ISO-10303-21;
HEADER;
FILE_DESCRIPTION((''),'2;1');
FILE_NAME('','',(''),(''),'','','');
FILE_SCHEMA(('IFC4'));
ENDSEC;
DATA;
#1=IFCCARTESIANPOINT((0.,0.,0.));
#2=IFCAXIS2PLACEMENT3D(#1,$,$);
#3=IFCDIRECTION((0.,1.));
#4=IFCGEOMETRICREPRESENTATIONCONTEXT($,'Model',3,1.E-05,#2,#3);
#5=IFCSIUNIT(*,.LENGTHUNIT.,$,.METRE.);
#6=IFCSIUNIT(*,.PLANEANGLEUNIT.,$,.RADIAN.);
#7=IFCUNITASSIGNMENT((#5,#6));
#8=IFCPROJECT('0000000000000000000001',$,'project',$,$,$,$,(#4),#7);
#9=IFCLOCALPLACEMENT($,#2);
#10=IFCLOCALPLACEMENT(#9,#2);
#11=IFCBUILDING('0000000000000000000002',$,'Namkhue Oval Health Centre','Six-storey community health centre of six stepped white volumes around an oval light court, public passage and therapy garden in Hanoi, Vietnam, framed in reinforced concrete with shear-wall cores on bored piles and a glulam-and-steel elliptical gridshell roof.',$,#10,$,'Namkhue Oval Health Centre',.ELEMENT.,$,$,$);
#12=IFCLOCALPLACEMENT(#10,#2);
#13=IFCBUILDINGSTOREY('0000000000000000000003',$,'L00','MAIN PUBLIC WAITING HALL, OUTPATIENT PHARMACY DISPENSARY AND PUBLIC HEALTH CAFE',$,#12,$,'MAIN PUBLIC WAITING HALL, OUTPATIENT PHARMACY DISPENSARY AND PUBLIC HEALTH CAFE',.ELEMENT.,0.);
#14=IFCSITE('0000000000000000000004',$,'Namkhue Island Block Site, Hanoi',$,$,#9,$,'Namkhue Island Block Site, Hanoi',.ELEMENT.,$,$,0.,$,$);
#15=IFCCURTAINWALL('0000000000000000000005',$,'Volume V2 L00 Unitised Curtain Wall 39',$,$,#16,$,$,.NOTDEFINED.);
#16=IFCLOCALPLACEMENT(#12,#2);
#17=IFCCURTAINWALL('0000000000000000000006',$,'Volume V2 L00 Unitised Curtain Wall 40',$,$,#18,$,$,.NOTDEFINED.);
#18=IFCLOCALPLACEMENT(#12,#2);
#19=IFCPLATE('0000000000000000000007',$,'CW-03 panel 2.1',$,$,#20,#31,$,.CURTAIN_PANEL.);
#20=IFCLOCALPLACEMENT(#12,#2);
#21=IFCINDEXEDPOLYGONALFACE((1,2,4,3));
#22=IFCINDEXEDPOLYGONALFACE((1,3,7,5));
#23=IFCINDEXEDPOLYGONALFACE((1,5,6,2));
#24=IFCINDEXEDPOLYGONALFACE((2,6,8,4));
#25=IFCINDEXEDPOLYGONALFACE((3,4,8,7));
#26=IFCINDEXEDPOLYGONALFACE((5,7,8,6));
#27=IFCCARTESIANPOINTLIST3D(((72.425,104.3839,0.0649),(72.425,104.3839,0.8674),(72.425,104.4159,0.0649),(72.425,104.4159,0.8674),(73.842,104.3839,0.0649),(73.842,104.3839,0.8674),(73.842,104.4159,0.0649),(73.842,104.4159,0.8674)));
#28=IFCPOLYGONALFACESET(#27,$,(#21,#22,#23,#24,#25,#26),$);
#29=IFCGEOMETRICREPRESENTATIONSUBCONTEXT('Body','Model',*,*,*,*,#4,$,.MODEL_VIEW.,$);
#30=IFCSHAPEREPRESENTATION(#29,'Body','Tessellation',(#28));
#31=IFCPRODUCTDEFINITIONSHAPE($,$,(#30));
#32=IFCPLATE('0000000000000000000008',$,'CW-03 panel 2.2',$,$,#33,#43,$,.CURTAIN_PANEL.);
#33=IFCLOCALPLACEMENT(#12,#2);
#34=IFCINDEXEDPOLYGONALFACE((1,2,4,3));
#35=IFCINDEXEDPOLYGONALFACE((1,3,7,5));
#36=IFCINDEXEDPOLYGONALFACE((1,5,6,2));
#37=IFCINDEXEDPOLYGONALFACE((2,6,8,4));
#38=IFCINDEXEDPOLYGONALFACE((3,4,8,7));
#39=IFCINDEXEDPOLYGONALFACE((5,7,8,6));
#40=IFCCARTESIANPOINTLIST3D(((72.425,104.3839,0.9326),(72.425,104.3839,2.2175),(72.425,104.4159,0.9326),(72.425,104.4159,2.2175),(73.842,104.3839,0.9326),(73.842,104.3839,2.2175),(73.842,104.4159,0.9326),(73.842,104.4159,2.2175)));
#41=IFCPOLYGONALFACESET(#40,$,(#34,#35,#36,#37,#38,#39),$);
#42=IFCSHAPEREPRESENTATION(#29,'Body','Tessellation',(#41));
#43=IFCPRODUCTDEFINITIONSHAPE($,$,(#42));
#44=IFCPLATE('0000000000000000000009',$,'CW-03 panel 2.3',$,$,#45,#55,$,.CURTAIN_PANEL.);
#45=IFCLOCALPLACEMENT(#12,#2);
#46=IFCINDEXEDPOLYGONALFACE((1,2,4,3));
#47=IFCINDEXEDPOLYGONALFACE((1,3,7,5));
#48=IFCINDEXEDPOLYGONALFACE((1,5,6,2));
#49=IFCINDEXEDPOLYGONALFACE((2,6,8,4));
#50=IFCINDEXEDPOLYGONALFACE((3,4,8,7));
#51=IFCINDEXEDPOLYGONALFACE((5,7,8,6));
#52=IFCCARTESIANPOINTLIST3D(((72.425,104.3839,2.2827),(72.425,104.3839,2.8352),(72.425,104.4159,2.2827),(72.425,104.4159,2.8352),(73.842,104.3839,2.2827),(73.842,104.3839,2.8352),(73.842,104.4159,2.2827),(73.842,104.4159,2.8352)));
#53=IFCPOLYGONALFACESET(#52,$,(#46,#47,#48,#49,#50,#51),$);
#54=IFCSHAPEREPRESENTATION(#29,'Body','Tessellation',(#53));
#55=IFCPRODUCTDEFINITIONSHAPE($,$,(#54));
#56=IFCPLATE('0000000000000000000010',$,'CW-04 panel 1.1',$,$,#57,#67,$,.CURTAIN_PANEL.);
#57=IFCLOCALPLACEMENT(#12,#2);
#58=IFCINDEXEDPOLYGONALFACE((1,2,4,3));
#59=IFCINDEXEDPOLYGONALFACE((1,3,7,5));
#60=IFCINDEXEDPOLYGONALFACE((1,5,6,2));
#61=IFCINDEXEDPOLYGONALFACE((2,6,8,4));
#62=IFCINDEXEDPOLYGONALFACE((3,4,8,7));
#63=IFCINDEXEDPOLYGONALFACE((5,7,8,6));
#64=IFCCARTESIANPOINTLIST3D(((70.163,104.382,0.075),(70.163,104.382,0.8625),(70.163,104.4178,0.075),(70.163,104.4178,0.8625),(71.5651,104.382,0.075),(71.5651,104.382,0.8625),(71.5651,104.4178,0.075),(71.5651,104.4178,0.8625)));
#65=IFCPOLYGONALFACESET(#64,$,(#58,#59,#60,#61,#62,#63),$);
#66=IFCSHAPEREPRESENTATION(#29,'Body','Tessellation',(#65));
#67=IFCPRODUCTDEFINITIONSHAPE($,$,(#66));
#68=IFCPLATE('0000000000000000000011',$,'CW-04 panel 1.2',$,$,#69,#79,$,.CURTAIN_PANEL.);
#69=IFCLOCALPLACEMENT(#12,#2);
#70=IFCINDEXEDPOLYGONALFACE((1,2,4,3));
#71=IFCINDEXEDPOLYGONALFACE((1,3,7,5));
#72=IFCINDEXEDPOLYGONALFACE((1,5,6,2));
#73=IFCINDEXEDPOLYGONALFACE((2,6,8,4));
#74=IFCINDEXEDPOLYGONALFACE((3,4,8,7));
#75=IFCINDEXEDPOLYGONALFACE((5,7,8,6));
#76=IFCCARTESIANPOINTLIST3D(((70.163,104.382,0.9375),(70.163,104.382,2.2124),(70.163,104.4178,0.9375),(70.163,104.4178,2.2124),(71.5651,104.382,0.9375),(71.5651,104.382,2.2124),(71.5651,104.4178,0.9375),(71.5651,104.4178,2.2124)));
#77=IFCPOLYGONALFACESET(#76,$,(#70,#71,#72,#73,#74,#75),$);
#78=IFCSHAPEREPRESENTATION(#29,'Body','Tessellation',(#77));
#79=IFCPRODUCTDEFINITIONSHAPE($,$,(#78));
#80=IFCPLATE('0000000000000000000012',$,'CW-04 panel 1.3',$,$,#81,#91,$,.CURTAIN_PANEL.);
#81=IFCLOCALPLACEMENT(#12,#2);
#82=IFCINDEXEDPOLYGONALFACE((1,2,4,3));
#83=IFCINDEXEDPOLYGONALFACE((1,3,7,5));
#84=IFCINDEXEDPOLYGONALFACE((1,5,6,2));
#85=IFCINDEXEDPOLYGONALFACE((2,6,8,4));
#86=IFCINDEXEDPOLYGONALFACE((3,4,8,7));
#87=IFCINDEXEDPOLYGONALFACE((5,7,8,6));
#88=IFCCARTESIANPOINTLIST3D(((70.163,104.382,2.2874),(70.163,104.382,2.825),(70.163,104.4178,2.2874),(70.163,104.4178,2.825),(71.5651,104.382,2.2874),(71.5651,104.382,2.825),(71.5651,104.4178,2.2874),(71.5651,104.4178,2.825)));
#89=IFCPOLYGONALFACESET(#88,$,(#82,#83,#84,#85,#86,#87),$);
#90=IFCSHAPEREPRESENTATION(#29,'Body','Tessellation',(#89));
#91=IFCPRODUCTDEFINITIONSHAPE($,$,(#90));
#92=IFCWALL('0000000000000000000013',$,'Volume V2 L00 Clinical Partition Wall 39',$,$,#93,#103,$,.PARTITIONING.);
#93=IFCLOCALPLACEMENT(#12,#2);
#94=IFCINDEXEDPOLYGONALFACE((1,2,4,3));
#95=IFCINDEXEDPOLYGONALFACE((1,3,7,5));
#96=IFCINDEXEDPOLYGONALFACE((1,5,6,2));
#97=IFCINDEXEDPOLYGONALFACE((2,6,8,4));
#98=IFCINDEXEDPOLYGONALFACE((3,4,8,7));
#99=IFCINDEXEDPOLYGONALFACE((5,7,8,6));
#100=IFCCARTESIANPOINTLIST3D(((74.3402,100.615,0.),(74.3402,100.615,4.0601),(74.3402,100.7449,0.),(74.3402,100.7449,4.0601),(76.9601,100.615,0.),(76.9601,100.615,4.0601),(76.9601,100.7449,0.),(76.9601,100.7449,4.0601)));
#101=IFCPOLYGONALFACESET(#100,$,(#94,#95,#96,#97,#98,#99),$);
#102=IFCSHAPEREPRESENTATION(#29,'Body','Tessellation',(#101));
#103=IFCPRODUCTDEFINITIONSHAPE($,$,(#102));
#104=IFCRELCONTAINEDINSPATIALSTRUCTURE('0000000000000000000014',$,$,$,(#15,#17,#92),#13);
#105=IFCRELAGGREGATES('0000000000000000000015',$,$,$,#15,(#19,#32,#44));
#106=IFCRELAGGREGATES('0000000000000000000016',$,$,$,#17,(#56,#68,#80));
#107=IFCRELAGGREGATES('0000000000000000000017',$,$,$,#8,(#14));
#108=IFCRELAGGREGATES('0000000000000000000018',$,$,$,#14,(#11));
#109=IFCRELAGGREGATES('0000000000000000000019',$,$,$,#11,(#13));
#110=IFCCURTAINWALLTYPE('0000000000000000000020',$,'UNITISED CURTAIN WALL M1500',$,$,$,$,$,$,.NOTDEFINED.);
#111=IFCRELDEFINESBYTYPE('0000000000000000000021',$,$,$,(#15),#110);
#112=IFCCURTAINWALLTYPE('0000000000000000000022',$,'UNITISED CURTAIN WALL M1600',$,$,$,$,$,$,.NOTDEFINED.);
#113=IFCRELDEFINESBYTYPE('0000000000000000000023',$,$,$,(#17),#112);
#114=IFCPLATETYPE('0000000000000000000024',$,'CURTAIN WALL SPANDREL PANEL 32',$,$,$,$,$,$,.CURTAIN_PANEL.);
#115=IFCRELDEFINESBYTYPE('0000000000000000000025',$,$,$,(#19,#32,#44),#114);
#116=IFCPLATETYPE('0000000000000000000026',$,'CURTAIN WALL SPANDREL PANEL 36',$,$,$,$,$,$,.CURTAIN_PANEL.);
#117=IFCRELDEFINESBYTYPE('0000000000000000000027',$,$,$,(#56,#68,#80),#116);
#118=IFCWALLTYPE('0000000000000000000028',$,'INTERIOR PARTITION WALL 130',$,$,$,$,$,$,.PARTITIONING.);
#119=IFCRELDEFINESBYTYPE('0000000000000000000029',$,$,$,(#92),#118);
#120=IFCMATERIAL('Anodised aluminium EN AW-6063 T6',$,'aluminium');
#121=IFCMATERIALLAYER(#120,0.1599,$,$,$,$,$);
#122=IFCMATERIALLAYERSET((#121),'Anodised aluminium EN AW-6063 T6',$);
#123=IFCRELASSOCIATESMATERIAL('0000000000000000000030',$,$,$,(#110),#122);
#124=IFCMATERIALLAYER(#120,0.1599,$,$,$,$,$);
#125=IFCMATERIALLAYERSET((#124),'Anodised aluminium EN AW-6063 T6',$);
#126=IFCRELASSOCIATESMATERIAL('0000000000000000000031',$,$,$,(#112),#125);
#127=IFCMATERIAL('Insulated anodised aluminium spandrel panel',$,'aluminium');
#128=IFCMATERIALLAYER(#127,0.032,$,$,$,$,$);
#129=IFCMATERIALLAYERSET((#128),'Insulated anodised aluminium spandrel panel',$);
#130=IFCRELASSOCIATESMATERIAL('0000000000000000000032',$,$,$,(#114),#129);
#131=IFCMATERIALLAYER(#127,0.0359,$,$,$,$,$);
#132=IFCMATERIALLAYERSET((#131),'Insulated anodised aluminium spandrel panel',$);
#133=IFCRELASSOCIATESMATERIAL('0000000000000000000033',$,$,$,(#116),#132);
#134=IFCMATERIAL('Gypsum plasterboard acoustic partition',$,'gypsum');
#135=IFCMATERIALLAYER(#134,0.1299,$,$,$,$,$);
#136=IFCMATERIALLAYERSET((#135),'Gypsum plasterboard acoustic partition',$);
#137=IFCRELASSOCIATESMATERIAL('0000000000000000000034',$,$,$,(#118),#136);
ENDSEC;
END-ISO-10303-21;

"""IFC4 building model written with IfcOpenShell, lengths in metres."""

from ifc_helpers import new_model, si_unit, direction, frame, frame_2d, origin, origin_2d, place, context, subcontext, project, spatial, rectangle, extrude, material, layer, layer_set, type_object, element, aggregate, save


model = new_model("IFC4")

# Units and contexts
model_context = context("Model", 3, precision=1e-05, world=origin(), true_north=direction((0.0, 1.0)))
body_context = subcontext(model_context, "Body", "Model", "MODEL_VIEW")
ifc_project = project(units=[si_unit("LENGTHUNIT", "METRE"), si_unit("PLANEANGLEUNIT", "RADIAN")], contexts=[model_context])

# Site, building, storey
site_placement = place(None, origin())
site = spatial("IfcSite", under=ifc_project, at=site_placement, Name="Namkhue Island Block Site, Hanoi", LongName="Namkhue Island Block Site, Hanoi", CompositionType="ELEMENT", RefElevation=0.0)
building_placement = place(site_placement, origin())
building = spatial("IfcBuilding", under=site, at=building_placement, Name="Namkhue Oval Health Centre", Description="Six-storey community health centre of six stepped white volumes around an oval light court, public passage and therapy garden in Hanoi, Vietnam, framed in reinforced concrete with shear-wall cores on bored piles and a glulam-and-steel elliptical gridshell roof.", LongName="Namkhue Oval Health Centre", CompositionType="ELEMENT")
storey_placement = place(building_placement, origin())
storey = spatial("IfcBuildingStorey", under=building, at=storey_placement, Name="L00", Description="MAIN PUBLIC WAITING HALL, OUTPATIENT PHARMACY DISPENSARY AND PUBLIC HEALTH CAFE", LongName="MAIN PUBLIC WAITING HALL, OUTPATIENT PHARMACY DISPENSARY AND PUBLIC HEALTH CAFE", CompositionType="ELEMENT", Elevation=0.0)

# Curtain wall
ifc_material_1 = material(Name="Anodised aluminium EN AW-6063 T6", Category="aluminium")
ifc_layer_1 = layer(ifc_material_1, 0.1599)
ifc_layer_set_1 = layer_set([ifc_layer_1], Name="Anodised aluminium EN AW-6063 T6")
curtain_wall_type_1 = type_object("IfcCurtainWallType", Name="UNITISED CURTAIN WALL M1500", PredefinedType="NOTDEFINED", material=ifc_layer_set_1)
curtain_wall_1_placement = place(storey_placement, origin())
curtain_wall_1 = element("IfcCurtainWall", 1, at=curtain_wall_1_placement, inside=storey, type_object=curtain_wall_type_1, Name="Volume V2 L00 Unitised Curtain Wall 39", PredefinedType="NOTDEFINED")

# Curtain wall
ifc_layer_2 = layer(ifc_material_1, 0.1599)
ifc_layer_set_2 = layer_set([ifc_layer_2], Name="Anodised aluminium EN AW-6063 T6")
curtain_wall_type_2 = type_object("IfcCurtainWallType", Name="UNITISED CURTAIN WALL M1600", PredefinedType="NOTDEFINED", material=ifc_layer_set_2)
curtain_wall_2_placement = place(storey_placement, origin())
curtain_wall_2 = element("IfcCurtainWall", 2, at=curtain_wall_2_placement, inside=storey, type_object=curtain_wall_type_2, Name="Volume V2 L00 Unitised Curtain Wall 40", PredefinedType="NOTDEFINED")

# Plates
ifc_material_2 = material(Name="Insulated anodised aluminium spandrel panel", Category="aluminium")
ifc_layer_3 = layer(ifc_material_2, 0.032)
ifc_layer_set_3 = layer_set([ifc_layer_3], Name="Insulated anodised aluminium spandrel panel")
plate_type_1 = type_object("IfcPlateType", Name="CURTAIN WALL SPANDREL PANEL 32", PredefinedType="CURTAIN_PANEL", material=ifc_layer_set_3)
plate_1_placement = place(storey_placement, frame((73.1335, 104.3999, 0.0649), z_axis=(0.0, 0.0, 1.0), x_axis=(-1.0, 0.0, 0.0)))
plate_1 = element("IfcPlate", 3, at=plate_1_placement, type_object=plate_type_1, Name="CW-03 panel 2.1", PredefinedType="CURTAIN_PANEL", context=body_context, shape_type="SweptSolid", body=[
    extrude(rectangle(XDim=1.417, YDim=0.032, at=origin_2d()), origin(), (0.0, 0.0, 1.0), 0.8025),
])
plate_2_placement = place(storey_placement, frame((73.1335, 104.3999, 0.9326), z_axis=(0.0, 0.0, 1.0), x_axis=(-1.0, 0.0, 0.0)))
plate_2 = element("IfcPlate", 4, at=plate_2_placement, type_object=plate_type_1, Name="CW-03 panel 2.2", PredefinedType="CURTAIN_PANEL", context=body_context, shape_type="SweptSolid", body=[
    extrude(rectangle(XDim=1.417, YDim=0.032, at=origin_2d()), origin(), (0.0, 0.0, 1.0), 1.2849),
])
plate_3_placement = place(storey_placement, frame((73.1335, 104.3999, 2.2827), z_axis=(0.0, 0.0, 1.0), x_axis=(-1.0, 0.0, 0.0)))
plate_3 = element("IfcPlate", 5, at=plate_3_placement, type_object=plate_type_1, Name="CW-03 panel 2.3", PredefinedType="CURTAIN_PANEL", context=body_context, shape_type="SweptSolid", body=[
    extrude(rectangle(XDim=1.417, YDim=0.032, at=origin_2d()), origin(), (0.0, 0.0, 1.0), 0.5525),
])
aggregate(curtain_wall_1, [plate_1, plate_2, plate_3])
ifc_layer_4 = layer(ifc_material_2, 0.0359)
ifc_layer_set_4 = layer_set([ifc_layer_4], Name="Insulated anodised aluminium spandrel panel")
plate_type_2 = type_object("IfcPlateType", Name="CURTAIN WALL SPANDREL PANEL 36", PredefinedType="CURTAIN_PANEL", material=ifc_layer_set_4)
plate_4_placement = place(storey_placement, frame((70.864, 104.3999, 0.075), z_axis=(0.0, 0.0, 1.0), x_axis=(-1.0, 0.0, 0.0)))
plate_4 = element("IfcPlate", 6, at=plate_4_placement, type_object=plate_type_2, Name="CW-04 panel 1.1", PredefinedType="CURTAIN_PANEL", context=body_context, shape_type="SweptSolid", body=[
    extrude(rectangle(XDim=1.4021, YDim=0.0359, at=origin_2d()), origin(), (0.0, 0.0, 1.0), 0.7876),
])
plate_5_placement = place(storey_placement, frame((70.864, 104.3999, 0.9375), z_axis=(0.0, 0.0, 1.0), x_axis=(-1.0, 0.0, 0.0)))
plate_5 = element("IfcPlate", 7, at=plate_5_placement, type_object=plate_type_2, Name="CW-04 panel 1.2", PredefinedType="CURTAIN_PANEL", context=body_context, shape_type="SweptSolid", body=[
    extrude(rectangle(XDim=1.4021, YDim=0.0359, at=origin_2d()), origin(), (0.0, 0.0, 1.0), 1.2749),
])
plate_6_placement = place(storey_placement, frame((70.864, 104.3999, 2.2874), z_axis=(0.0, 0.0, 1.0), x_axis=(-1.0, 0.0, 0.0)))
plate_6 = element("IfcPlate", 8, at=plate_6_placement, type_object=plate_type_2, Name="CW-04 panel 1.3", PredefinedType="CURTAIN_PANEL", context=body_context, shape_type="SweptSolid", body=[
    extrude(rectangle(XDim=1.4021, YDim=0.0359, at=origin_2d()), origin(), (0.0, 0.0, 1.0), 0.5376),
])
aggregate(curtain_wall_2, [plate_4, plate_5, plate_6])

# Wall
ifc_material_3 = material(Name="Gypsum plasterboard acoustic partition", Category="gypsum")
ifc_layer_5 = layer(ifc_material_3, 0.1299)
ifc_layer_set_5 = layer_set([ifc_layer_5], Name="Gypsum plasterboard acoustic partition")
wall_type = type_object("IfcWallType", Name="INTERIOR PARTITION WALL 130", PredefinedType="PARTITIONING", material=ifc_layer_set_5)
wall_placement = place(storey_placement, frame((74.3401, 100.6799, 0.0), z_axis=(0.0, 0.0, 1.0), x_axis=(1.0, 0.0, 0.0)))
element("IfcWall", 9, at=wall_placement, inside=storey, type_object=wall_type, Name="Volume V2 L00 Clinical Partition Wall 39", PredefinedType="PARTITIONING", context=body_context, shape_type="SweptSolid", body=[
    extrude(rectangle(XDim=2.6199, YDim=0.1299, at=frame_2d((1.3101, 0.0))), origin(), (0.0, 0.0, 1.0), 4.0601),
])

save(model, "model.ifc")
